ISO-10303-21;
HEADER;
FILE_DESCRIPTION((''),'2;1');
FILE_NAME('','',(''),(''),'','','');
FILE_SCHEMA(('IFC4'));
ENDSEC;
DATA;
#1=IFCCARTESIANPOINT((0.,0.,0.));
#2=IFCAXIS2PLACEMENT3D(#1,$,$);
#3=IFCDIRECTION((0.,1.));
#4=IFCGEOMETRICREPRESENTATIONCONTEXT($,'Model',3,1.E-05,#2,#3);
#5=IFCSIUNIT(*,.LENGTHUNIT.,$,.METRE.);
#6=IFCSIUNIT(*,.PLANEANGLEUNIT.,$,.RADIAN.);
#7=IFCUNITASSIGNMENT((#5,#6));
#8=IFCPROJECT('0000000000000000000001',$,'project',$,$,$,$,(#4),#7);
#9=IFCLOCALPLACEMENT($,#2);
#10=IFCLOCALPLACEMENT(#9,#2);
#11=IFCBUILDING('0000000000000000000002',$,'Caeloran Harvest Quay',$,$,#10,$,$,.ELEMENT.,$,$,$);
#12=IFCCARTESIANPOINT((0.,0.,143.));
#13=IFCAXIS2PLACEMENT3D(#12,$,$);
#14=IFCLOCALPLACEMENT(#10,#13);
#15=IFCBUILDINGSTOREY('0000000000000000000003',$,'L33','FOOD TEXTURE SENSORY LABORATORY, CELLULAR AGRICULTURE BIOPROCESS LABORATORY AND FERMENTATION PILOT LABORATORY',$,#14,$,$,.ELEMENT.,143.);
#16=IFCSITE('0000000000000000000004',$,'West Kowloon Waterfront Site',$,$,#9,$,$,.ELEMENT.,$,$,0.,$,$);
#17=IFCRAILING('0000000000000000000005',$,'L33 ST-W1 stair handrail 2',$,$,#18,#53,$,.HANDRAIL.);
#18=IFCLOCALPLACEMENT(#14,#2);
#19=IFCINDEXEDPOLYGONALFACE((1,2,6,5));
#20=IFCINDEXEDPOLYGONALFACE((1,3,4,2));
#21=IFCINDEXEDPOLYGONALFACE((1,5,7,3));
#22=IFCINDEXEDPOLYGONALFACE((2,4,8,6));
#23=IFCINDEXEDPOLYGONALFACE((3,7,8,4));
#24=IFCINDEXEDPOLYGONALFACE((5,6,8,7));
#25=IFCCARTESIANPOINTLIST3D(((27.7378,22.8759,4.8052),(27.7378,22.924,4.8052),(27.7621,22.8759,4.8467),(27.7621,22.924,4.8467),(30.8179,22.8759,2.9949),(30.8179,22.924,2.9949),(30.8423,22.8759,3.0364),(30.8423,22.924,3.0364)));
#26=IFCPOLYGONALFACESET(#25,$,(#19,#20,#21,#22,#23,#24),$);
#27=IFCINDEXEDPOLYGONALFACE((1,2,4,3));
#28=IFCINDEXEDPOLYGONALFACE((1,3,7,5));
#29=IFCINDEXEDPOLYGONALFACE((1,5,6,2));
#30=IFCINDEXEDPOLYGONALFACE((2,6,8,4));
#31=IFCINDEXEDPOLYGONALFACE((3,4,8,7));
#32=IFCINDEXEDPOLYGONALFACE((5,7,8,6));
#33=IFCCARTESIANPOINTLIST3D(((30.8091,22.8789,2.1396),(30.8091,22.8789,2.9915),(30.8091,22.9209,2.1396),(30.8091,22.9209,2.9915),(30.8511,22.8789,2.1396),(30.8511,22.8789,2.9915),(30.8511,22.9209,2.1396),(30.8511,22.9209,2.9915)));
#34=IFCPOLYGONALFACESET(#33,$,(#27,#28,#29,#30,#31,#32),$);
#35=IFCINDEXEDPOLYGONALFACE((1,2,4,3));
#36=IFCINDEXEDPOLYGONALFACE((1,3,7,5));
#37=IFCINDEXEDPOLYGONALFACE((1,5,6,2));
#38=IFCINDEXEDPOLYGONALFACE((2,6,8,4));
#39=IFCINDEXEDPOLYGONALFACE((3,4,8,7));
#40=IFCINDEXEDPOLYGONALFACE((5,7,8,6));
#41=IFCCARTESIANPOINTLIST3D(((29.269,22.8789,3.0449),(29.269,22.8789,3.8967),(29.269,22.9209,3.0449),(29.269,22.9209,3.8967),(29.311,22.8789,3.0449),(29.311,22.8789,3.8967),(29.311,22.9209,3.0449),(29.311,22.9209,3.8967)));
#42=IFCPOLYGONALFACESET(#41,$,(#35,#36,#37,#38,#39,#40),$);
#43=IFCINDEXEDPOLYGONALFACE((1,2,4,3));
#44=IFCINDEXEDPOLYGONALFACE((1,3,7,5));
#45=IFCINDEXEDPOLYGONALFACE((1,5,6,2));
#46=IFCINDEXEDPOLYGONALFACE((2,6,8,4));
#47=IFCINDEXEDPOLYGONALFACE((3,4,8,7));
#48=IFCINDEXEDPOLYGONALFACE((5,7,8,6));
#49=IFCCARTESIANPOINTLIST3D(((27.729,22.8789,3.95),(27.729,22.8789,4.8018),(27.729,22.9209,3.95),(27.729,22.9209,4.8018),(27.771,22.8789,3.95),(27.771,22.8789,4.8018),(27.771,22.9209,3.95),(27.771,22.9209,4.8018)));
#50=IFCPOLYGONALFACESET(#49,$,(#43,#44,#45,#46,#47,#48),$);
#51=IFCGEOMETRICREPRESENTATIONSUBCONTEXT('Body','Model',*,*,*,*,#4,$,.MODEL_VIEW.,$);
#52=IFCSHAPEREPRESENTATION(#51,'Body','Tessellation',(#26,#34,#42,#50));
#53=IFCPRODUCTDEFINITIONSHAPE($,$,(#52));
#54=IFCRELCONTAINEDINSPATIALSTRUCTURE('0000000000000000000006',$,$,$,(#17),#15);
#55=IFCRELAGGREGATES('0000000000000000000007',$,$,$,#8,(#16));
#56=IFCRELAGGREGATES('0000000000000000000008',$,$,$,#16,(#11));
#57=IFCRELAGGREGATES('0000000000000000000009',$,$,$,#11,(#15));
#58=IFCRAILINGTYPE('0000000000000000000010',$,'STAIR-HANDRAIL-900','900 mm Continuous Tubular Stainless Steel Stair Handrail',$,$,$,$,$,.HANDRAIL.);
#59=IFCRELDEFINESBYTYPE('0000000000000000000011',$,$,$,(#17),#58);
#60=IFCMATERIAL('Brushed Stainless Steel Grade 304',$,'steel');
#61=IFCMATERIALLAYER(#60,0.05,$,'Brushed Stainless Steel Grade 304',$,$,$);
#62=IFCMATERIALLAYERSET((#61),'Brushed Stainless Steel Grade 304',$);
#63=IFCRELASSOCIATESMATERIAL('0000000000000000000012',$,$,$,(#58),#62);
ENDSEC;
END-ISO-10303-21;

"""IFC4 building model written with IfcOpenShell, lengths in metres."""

from ifc_helpers import new_model, si_unit, direction, frame, origin, origin_2d, place, context, subcontext, project, spatial, rectangle, extrude, material, layer, layer_set, type_object, element, save


model = new_model("IFC4")

# Units and contexts
model_context = context("Model", 3, precision=1e-05, world=origin(), true_north=direction((0.0, 1.0)))
body_context = subcontext(model_context, "Body", "Model", "MODEL_VIEW")
ifc_project = project(units=[si_unit("LENGTHUNIT", "METRE"), si_unit("PLANEANGLEUNIT", "RADIAN")], contexts=[model_context])

# Site, building, storey
site_placement = place(None, origin())
site = spatial("IfcSite", under=ifc_project, at=site_placement, Name="West Kowloon Waterfront Site", CompositionType="ELEMENT", RefElevation=0.0)
building_placement = place(site_placement, origin())
building = spatial("IfcBuilding", under=site, at=building_placement, Name="Caeloran Harvest Quay", CompositionType="ELEMENT")
storey_placement = place(building_placement, frame((0.0, 0.0, 143.0)))
storey = spatial("IfcBuildingStorey", under=building, at=storey_placement, Name="L33", Description="FOOD TEXTURE SENSORY LABORATORY, CELLULAR AGRICULTURE BIOPROCESS LABORATORY AND FERMENTATION PILOT LABORATORY", CompositionType="ELEMENT", Elevation=143.0)

# Railing
ifc_material_1 = material(Name="Brushed Stainless Steel Grade 304", Category="steel")
ifc_layer_1 = layer(ifc_material_1, 0.05, Name="Brushed Stainless Steel Grade 304")
ifc_layer_set_1 = layer_set([ifc_layer_1], Name="Brushed Stainless Steel Grade 304")
railing_type_1 = type_object("IfcRailingType", Name="STAIR-HANDRAIL-900", Description="900 mm Continuous Tubular Stainless Steel Stair Handrail", PredefinedType="HANDRAIL", material=ifc_layer_set_1)
railing_1_placement = place(storey_placement, frame((30.8301, 22.8999, 2.1396)))
element("IfcRailing", 1, at=railing_1_placement, inside=storey, type_object=railing_type_1, Name="L33 ST-W1 stair handrail 2", PredefinedType="HANDRAIL", context=body_context, shape_type="SweptSolid", body=[
    extrude(rectangle(XDim=0.0481, YDim=0.0481, at=origin_2d()), frame((0.0, 0.0, 0.876), z_axis=(-0.862119, 0.0, 0.506707), x_axis=(0.0, -1.0, 0.0)), (0.0, 0.0, 1.0), 3.5728),
    extrude(rectangle(XDim=0.042, YDim=0.042, at=origin_2d()), origin(), (0.0, 0.0, 1.0), 0.8518),
    extrude(rectangle(XDim=0.042, YDim=0.042, at=origin_2d()), frame((-1.54, 0.0, 0.9053)), (0.0, 0.0, 1.0), 0.8518),
    extrude(rectangle(XDim=0.042, YDim=0.042, at=origin_2d()), frame((-3.0801, 0.0, 1.8103)), (0.0, 0.0, 1.0), 0.8518),
])

save(model, "model.ifc")
